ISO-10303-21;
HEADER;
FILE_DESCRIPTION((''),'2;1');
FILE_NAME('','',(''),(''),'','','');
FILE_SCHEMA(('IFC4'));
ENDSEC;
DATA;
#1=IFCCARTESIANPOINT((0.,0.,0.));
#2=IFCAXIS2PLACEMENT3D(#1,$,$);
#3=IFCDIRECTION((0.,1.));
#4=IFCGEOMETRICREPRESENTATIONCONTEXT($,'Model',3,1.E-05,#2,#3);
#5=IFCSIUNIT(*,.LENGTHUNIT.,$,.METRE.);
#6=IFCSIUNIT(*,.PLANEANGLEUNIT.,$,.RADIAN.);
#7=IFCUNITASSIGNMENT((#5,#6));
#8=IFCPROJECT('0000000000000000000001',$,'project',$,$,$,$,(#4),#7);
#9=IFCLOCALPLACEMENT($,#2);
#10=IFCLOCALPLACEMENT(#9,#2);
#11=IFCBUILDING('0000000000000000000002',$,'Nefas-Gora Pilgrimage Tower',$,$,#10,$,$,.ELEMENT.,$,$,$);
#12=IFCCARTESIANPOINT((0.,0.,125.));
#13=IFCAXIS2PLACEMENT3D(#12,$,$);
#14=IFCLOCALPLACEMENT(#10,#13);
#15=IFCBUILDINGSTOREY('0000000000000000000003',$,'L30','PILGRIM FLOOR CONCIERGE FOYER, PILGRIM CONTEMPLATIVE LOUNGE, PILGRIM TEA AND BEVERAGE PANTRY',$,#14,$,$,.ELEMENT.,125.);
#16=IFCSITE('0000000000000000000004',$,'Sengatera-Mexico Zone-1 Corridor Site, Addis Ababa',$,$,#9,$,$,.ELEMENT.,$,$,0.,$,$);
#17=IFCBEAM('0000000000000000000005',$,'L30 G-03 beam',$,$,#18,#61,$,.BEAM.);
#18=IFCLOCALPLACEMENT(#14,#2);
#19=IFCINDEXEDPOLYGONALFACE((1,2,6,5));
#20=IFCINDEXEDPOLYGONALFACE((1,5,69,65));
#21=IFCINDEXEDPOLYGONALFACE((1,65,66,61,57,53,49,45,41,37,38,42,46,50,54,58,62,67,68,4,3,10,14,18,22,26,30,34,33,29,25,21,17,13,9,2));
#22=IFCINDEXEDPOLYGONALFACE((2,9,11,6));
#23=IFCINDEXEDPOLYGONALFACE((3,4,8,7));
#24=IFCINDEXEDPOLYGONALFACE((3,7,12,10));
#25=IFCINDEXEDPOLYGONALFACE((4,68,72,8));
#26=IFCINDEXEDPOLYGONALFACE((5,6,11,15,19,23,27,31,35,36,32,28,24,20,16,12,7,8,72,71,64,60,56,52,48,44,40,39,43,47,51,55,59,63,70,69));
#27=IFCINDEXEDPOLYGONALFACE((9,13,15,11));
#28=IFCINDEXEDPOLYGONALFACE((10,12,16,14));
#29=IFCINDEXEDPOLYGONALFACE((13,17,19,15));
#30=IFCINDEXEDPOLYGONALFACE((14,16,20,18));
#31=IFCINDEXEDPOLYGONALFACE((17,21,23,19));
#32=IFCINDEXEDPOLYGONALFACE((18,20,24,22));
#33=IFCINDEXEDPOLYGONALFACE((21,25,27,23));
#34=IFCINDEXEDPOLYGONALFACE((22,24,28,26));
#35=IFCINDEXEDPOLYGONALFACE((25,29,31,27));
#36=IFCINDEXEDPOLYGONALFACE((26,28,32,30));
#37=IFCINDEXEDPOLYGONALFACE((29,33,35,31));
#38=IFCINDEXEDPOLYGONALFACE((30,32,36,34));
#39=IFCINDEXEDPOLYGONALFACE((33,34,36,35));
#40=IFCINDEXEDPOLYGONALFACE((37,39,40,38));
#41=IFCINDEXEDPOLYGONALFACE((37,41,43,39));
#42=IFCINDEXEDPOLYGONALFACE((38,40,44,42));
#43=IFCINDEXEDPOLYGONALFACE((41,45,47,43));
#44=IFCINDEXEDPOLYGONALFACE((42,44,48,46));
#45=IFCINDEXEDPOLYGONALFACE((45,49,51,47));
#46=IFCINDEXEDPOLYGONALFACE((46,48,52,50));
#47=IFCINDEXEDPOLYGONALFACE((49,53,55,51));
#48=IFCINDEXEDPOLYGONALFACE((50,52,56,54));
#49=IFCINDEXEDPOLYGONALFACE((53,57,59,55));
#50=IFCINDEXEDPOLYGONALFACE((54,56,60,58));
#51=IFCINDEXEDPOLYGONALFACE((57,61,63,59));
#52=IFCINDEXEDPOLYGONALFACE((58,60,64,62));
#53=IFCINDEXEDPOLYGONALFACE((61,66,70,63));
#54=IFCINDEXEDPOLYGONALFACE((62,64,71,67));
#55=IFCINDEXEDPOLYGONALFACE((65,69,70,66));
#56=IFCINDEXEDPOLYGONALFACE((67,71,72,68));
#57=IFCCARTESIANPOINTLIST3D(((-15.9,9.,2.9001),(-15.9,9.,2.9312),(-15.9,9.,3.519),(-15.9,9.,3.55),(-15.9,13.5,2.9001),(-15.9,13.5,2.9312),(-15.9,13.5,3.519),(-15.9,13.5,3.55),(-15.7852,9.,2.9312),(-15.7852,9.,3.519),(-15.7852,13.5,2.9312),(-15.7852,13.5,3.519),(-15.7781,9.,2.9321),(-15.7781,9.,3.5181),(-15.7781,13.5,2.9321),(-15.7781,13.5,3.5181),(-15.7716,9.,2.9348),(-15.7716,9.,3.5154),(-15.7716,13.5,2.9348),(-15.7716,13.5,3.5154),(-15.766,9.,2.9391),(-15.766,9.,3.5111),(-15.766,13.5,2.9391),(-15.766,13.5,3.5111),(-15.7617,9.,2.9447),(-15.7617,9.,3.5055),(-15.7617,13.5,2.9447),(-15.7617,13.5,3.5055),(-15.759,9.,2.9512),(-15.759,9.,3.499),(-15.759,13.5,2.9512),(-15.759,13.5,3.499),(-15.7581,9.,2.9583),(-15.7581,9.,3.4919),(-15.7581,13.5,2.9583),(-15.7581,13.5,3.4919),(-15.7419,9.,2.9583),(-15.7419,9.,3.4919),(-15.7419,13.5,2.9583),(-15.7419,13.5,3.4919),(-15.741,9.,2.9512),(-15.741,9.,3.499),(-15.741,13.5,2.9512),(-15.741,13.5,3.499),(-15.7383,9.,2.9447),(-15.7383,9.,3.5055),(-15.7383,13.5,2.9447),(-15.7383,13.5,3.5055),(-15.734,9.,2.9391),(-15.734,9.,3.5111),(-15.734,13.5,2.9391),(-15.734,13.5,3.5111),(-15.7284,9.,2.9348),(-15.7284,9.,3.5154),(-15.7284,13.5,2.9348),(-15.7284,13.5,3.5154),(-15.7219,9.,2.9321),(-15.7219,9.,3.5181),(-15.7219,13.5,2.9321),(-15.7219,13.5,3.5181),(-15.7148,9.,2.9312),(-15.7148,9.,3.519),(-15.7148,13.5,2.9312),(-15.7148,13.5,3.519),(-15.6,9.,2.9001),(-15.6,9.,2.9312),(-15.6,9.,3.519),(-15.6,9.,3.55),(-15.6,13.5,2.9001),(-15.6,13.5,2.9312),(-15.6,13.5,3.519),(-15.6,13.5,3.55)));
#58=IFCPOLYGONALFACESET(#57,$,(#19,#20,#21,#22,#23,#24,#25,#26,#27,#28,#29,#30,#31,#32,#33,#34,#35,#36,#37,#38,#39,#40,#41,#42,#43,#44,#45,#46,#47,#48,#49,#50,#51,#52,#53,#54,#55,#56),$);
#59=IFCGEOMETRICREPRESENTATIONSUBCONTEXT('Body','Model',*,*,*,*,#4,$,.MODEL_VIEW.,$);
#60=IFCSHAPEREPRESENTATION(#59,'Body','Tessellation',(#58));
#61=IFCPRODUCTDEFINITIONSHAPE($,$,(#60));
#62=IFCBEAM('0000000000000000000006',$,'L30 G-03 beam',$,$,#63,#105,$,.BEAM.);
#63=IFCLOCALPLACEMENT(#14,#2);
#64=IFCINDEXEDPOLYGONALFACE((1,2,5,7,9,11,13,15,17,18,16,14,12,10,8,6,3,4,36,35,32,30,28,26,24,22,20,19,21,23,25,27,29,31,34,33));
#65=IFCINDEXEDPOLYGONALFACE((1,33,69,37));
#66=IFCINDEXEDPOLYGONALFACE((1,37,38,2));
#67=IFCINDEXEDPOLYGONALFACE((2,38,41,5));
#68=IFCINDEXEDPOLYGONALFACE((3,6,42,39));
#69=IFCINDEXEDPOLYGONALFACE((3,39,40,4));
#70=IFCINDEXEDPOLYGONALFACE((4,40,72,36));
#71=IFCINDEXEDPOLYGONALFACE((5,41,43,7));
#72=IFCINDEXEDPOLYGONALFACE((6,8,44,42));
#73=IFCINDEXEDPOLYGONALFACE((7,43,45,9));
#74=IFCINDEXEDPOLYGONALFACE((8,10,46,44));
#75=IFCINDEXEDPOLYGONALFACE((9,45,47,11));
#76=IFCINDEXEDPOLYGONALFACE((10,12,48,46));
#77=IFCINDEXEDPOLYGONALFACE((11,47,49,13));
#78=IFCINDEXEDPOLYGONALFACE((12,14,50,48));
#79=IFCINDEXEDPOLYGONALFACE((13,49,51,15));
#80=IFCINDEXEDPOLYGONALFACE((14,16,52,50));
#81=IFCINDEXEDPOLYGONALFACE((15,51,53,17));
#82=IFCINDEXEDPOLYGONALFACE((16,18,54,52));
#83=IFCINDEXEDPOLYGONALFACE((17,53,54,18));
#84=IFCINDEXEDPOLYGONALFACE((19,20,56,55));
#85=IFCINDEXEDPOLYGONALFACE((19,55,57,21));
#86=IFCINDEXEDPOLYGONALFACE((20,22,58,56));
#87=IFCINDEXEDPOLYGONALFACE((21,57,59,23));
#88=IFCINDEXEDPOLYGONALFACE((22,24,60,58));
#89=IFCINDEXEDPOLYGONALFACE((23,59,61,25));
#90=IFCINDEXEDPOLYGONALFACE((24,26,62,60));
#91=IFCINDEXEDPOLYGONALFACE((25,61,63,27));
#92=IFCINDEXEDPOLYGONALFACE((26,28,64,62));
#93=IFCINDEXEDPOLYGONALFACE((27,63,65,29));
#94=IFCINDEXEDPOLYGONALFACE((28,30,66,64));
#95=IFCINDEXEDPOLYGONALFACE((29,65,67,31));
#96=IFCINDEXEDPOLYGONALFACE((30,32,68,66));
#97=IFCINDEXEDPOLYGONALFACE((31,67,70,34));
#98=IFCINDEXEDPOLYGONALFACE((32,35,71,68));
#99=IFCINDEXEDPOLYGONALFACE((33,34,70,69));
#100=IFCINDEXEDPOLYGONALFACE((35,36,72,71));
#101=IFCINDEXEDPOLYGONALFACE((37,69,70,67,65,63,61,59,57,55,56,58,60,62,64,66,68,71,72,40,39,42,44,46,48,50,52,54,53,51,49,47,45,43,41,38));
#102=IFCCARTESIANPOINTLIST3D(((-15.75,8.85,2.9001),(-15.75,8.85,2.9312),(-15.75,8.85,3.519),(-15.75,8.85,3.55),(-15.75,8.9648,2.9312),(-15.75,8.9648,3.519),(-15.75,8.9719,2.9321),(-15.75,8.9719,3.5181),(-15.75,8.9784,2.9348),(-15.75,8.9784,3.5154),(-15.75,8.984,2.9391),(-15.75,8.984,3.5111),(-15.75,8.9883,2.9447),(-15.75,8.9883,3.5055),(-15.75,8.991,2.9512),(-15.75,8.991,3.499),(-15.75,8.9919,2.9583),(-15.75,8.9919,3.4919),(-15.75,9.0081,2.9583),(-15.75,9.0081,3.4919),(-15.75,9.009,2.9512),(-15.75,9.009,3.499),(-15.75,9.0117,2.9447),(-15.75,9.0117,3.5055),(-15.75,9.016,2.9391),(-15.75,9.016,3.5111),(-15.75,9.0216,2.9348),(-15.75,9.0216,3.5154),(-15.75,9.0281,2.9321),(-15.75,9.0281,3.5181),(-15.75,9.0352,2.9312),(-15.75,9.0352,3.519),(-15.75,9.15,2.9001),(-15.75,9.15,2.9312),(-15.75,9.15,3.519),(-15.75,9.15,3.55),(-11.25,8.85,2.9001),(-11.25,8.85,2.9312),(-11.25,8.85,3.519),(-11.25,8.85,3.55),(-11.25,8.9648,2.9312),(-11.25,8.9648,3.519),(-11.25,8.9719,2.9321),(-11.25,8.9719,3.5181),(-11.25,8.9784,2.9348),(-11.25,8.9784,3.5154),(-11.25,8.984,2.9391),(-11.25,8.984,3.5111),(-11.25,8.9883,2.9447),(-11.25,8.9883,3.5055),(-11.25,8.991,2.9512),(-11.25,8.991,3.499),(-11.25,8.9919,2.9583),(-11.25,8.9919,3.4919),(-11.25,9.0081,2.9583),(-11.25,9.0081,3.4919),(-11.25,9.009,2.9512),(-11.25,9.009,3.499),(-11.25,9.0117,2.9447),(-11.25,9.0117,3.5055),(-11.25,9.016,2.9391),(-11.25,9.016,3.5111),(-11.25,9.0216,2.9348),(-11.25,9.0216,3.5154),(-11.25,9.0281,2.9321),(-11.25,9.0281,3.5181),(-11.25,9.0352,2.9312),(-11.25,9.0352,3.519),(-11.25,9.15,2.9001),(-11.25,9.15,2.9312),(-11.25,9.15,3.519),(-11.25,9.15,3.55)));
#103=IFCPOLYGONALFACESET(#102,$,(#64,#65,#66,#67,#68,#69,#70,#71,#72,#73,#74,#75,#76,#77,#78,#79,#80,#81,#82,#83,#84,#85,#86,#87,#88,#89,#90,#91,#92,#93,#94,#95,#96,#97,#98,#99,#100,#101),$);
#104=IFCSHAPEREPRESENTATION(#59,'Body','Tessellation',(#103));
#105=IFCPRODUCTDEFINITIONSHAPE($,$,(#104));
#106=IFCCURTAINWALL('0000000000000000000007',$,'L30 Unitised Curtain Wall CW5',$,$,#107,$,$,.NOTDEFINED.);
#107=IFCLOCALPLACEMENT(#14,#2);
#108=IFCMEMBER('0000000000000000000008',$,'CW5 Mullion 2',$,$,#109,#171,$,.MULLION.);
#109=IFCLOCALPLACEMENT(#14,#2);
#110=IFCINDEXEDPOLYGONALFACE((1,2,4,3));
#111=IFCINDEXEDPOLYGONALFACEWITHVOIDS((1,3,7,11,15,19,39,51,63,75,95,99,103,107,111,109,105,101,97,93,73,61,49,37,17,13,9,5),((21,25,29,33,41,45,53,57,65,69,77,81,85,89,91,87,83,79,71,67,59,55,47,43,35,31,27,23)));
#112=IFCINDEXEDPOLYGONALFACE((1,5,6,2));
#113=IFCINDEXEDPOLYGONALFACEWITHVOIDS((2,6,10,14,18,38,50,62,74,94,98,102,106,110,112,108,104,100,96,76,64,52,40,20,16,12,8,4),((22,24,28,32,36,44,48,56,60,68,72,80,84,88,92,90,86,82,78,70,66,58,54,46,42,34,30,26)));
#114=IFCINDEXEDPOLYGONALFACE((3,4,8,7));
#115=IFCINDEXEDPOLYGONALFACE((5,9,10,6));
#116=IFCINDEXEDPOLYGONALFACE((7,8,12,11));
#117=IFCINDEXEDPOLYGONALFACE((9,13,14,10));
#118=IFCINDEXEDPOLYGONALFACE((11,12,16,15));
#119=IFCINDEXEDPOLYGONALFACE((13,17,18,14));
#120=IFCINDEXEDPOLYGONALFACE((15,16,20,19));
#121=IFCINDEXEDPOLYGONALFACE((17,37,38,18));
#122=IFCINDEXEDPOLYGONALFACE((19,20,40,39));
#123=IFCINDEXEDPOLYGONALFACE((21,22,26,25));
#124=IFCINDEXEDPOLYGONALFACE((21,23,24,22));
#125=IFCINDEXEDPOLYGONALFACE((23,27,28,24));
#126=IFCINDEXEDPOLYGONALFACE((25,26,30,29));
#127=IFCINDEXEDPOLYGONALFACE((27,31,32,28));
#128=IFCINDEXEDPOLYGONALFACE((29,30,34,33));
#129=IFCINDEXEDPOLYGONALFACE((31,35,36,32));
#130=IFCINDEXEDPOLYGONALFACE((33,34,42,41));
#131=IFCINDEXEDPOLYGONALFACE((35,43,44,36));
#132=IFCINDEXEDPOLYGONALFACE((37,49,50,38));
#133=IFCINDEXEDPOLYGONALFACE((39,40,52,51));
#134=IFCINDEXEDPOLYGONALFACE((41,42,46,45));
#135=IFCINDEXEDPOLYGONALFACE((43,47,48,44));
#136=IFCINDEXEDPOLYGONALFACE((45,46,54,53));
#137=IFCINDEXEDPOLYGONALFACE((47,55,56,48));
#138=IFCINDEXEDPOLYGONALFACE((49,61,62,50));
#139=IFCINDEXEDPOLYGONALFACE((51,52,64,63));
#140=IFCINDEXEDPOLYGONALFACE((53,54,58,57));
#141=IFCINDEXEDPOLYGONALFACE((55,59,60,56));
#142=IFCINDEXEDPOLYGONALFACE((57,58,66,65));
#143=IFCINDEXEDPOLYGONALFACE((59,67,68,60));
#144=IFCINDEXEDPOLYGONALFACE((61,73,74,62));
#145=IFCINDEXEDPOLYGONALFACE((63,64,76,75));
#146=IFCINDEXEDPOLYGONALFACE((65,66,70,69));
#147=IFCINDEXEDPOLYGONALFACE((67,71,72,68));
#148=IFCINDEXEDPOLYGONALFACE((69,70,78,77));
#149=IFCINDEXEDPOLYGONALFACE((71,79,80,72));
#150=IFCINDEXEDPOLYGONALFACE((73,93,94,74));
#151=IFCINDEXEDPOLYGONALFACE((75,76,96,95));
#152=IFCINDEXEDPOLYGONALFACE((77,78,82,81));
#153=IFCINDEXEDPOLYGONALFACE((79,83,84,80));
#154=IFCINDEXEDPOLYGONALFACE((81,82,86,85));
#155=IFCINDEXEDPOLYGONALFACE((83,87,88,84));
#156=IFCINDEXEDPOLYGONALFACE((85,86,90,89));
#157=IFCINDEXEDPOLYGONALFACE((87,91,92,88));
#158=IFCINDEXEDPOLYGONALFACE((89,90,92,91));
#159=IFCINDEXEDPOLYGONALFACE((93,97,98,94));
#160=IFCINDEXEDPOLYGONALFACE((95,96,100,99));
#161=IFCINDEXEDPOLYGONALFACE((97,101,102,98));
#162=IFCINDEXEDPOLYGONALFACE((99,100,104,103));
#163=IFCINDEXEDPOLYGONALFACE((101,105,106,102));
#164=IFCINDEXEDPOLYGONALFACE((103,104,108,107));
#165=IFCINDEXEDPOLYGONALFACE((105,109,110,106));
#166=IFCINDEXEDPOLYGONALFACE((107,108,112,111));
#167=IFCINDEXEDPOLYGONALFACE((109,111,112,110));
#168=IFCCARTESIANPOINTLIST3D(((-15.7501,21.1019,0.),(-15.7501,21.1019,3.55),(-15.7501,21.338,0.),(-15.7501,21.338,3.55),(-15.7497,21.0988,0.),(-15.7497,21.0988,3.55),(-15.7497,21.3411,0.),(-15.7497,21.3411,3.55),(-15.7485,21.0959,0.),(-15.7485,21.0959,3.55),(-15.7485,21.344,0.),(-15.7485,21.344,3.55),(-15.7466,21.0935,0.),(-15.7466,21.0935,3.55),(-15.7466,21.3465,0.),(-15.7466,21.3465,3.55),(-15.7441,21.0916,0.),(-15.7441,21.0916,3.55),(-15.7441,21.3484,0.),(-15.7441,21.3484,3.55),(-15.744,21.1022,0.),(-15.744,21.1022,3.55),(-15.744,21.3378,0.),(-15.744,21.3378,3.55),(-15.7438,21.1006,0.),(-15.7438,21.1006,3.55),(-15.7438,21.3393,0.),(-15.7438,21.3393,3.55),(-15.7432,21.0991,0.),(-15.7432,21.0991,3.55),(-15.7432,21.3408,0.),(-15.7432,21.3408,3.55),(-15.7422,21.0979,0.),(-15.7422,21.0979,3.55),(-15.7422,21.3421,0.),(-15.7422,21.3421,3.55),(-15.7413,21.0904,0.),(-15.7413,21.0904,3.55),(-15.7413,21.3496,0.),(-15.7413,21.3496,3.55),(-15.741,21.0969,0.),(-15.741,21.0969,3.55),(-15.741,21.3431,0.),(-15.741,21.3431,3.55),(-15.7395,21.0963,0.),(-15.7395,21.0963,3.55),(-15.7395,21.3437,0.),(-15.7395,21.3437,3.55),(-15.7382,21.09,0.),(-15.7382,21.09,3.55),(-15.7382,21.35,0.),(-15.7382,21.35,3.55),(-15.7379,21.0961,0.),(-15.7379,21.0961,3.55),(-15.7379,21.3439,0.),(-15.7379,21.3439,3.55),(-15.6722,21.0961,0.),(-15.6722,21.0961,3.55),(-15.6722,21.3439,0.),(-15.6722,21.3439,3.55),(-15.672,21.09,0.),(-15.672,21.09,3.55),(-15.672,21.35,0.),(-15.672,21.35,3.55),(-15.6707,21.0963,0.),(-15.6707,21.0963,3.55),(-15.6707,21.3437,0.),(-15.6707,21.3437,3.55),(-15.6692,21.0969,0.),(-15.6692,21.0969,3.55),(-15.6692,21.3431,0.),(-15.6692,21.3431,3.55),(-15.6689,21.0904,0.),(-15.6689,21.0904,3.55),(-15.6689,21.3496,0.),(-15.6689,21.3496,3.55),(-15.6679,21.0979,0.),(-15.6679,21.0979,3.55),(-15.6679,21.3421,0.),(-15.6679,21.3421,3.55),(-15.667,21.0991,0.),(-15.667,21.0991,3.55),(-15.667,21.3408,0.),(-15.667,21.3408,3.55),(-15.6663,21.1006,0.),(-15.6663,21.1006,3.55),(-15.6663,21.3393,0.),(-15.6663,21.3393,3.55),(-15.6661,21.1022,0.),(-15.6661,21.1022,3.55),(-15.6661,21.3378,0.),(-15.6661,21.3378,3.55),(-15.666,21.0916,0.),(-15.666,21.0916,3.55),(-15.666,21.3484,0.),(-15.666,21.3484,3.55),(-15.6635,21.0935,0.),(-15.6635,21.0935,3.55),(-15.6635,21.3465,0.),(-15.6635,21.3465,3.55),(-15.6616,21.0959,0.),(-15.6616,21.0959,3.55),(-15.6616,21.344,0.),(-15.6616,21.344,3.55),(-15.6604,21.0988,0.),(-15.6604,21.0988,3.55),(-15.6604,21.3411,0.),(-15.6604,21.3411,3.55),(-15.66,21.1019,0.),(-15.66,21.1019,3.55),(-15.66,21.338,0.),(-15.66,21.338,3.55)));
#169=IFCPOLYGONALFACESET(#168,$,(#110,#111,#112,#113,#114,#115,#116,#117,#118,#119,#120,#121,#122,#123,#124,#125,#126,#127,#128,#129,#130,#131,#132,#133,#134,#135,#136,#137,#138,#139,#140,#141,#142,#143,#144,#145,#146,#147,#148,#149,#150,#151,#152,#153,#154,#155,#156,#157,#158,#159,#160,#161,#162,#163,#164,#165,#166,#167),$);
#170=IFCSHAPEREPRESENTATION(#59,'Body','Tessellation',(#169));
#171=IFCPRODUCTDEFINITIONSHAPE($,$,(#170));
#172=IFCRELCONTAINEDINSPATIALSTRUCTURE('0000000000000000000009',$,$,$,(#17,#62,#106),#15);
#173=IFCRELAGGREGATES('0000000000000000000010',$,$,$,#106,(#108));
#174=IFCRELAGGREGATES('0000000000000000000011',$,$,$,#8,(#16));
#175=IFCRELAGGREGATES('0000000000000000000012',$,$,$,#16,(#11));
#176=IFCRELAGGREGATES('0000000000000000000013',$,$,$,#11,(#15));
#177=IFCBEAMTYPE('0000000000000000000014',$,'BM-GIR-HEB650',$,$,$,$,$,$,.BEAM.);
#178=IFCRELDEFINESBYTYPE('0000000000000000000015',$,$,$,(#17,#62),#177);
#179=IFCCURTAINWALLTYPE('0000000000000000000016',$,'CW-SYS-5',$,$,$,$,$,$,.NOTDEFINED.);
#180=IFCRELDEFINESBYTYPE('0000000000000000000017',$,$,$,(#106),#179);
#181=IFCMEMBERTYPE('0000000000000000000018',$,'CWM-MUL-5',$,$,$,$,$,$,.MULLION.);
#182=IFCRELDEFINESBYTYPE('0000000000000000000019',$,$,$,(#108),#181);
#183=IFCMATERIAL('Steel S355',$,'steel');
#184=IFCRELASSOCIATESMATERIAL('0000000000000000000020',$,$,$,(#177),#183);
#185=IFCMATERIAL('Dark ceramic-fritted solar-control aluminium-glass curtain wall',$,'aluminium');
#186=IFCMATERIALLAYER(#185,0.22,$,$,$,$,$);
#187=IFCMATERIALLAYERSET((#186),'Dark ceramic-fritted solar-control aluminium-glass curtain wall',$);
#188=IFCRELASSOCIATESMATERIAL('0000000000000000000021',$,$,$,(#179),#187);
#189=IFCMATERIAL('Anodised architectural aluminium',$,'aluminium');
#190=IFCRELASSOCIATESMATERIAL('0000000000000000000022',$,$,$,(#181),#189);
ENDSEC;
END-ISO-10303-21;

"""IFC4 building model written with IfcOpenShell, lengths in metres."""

from ifc_helpers import new_model, si_unit, direction, frame, origin, origin_2d, place, context, subcontext, project, spatial, hollow_rectangle, i_section, extrude, source, transform, mapped, material, layer, layer_set, material_profile, profile_set, type_object, element, aggregate, save


model = new_model("IFC4")

# Units and contexts
model_context = context("Model", 3, precision=1e-05, world=origin(), true_north=direction((0.0, 1.0)))
body_context = subcontext(model_context, "Body", "Model", "MODEL_VIEW")
ifc_project = project(units=[si_unit("LENGTHUNIT", "METRE"), si_unit("PLANEANGLEUNIT", "RADIAN")], contexts=[model_context])

# Site, building, storey
site_placement = place(None, origin())
site = spatial("IfcSite", under=ifc_project, at=site_placement, Name="Sengatera-Mexico Zone-1 Corridor Site, Addis Ababa", CompositionType="ELEMENT", RefElevation=0.0)
building_placement = place(site_placement, origin())
building = spatial("IfcBuilding", under=site, at=building_placement, Name="Nefas-Gora Pilgrimage Tower", CompositionType="ELEMENT")
storey_placement = place(building_placement, frame((0.0, 0.0, 125.0)))
storey = spatial("IfcBuildingStorey", under=building, at=storey_placement, Name="L30", Description="PILGRIM FLOOR CONCIERGE FOYER, PILGRIM CONTEMPLATIVE LOUNGE, PILGRIM TEA AND BEVERAGE PANTRY", CompositionType="ELEMENT", Elevation=125.0)

# Beams
ifc_material_1 = material(Name="Steel S355", Category="steel")
ifc_material_profile_1 = material_profile(ifc_material_1, i_section(OverallWidth=0.3, OverallDepth=0.6499, WebThickness=0.0161, FlangeThickness=0.031, FilletRadius=0.0271, at=origin_2d()), Name="HEB 650")
ifc_profile_set_1 = profile_set([ifc_material_profile_1], Name="Steel S355")
beam_type_1 = type_object("IfcBeamType", Name="BM-GIR-HEB650", PredefinedType="BEAM", material=ifc_profile_set_1)
shared_shape_1 = source(origin(), body_context, "Body", "SweptSolid", [
    extrude(i_section(OverallWidth=0.3, OverallDepth=0.6499, WebThickness=0.0161, FlangeThickness=0.031, FilletRadius=0.0271, at=origin_2d()), origin(), (0.0, 0.0, 1.0), 4.5),
])
for number, where, z_axis, x_axis, name in (
    (1, (-15.75, 9.0, 3.2251), (0.0, 1.0, 0.0), (-1.0, 0.0, 0.0), "L30 G-03 beam"),
    (2, (-15.75, 9.0, 3.2251), (1.0, 0.0, 0.0), (0.0, 1.0, 0.0), "L30 G-03 beam"),
):
    element("IfcBeam", number, at=place(storey_placement, frame(where, z_axis=z_axis, x_axis=x_axis)), inside=storey, type_object=beam_type_1, Name=name, PredefinedType="BEAM", context=body_context, shape_type="MappedRepresentation", body=[
        mapped(shared_shape_1, transform((0.0, 0.0, 0.0), x_axis=(1.0, 0.0, 0.0), y_axis=(0.0, 1.0, 0.0), z_axis=(0.0, 0.0, 1.0), scale=1.0)),
    ])

# Curtain wall, member
ifc_material_2 = material(Name="Dark ceramic-fritted solar-control aluminium-glass curtain wall", Category="aluminium")
ifc_layer_1 = layer(ifc_material_2, 0.22)
ifc_layer_set_1 = layer_set([ifc_layer_1], Name="Dark ceramic-fritted solar-control aluminium-glass curtain wall")
curtain_wall_type_1 = type_object("IfcCurtainWallType", Name="CW-SYS-5", PredefinedType="NOTDEFINED", material=ifc_layer_set_1)
curtain_wall_1_placement = place(storey_placement, origin())
curtain_wall_1 = element("IfcCurtainWall", 3, at=curtain_wall_1_placement, inside=storey, type_object=curtain_wall_type_1, Name="L30 Unitised Curtain Wall CW5", PredefinedType="NOTDEFINED")
ifc_material_3 = material(Name="Anodised architectural aluminium", Category="aluminium")
ifc_material_profile_2 = material_profile(ifc_material_3, hollow_rectangle(XDim=0.0901, YDim=0.26, WallThickness=0.0061, InnerFilletRadius=0.0061, OuterFilletRadius=0.012, at=origin_2d()), Name="ALU MULLION 90x260")
ifc_profile_set_2 = profile_set([ifc_material_profile_2], Name="Anodised architectural aluminium")
member_type_1 = type_object("IfcMemberType", Name="CWM-MUL-5", PredefinedType="MULLION", material=ifc_profile_set_2)
shared_shape_2 = source(origin(), body_context, "Body", "SweptSolid", [
    extrude(hollow_rectangle(XDim=0.0901, YDim=0.26, WallThickness=0.0061, InnerFilletRadius=0.0061, OuterFilletRadius=0.012, at=origin_2d()), origin(), (0.0, 0.0, 1.0), 3.55),
])
member_1_placement = place(storey_placement, frame((-15.7051, 21.22, 0.0), z_axis=(0.0, 0.0, 1.0), x_axis=(-1.0, 0.0, 0.0)))
member_1 = element("IfcMember", 4, at=member_1_placement, type_object=member_type_1, Name="CW5 Mullion 2", PredefinedType="MULLION", context=body_context, shape_type="MappedRepresentation", body=[
    mapped(shared_shape_2, transform((0.0, 0.0, 0.0), x_axis=(1.0, 0.0, 0.0), y_axis=(0.0, 1.0, 0.0), z_axis=(0.0, 0.0, 1.0), scale=1.0)),
])

aggregate(curtain_wall_1, [member_1])

save(model, "model.ifc")
